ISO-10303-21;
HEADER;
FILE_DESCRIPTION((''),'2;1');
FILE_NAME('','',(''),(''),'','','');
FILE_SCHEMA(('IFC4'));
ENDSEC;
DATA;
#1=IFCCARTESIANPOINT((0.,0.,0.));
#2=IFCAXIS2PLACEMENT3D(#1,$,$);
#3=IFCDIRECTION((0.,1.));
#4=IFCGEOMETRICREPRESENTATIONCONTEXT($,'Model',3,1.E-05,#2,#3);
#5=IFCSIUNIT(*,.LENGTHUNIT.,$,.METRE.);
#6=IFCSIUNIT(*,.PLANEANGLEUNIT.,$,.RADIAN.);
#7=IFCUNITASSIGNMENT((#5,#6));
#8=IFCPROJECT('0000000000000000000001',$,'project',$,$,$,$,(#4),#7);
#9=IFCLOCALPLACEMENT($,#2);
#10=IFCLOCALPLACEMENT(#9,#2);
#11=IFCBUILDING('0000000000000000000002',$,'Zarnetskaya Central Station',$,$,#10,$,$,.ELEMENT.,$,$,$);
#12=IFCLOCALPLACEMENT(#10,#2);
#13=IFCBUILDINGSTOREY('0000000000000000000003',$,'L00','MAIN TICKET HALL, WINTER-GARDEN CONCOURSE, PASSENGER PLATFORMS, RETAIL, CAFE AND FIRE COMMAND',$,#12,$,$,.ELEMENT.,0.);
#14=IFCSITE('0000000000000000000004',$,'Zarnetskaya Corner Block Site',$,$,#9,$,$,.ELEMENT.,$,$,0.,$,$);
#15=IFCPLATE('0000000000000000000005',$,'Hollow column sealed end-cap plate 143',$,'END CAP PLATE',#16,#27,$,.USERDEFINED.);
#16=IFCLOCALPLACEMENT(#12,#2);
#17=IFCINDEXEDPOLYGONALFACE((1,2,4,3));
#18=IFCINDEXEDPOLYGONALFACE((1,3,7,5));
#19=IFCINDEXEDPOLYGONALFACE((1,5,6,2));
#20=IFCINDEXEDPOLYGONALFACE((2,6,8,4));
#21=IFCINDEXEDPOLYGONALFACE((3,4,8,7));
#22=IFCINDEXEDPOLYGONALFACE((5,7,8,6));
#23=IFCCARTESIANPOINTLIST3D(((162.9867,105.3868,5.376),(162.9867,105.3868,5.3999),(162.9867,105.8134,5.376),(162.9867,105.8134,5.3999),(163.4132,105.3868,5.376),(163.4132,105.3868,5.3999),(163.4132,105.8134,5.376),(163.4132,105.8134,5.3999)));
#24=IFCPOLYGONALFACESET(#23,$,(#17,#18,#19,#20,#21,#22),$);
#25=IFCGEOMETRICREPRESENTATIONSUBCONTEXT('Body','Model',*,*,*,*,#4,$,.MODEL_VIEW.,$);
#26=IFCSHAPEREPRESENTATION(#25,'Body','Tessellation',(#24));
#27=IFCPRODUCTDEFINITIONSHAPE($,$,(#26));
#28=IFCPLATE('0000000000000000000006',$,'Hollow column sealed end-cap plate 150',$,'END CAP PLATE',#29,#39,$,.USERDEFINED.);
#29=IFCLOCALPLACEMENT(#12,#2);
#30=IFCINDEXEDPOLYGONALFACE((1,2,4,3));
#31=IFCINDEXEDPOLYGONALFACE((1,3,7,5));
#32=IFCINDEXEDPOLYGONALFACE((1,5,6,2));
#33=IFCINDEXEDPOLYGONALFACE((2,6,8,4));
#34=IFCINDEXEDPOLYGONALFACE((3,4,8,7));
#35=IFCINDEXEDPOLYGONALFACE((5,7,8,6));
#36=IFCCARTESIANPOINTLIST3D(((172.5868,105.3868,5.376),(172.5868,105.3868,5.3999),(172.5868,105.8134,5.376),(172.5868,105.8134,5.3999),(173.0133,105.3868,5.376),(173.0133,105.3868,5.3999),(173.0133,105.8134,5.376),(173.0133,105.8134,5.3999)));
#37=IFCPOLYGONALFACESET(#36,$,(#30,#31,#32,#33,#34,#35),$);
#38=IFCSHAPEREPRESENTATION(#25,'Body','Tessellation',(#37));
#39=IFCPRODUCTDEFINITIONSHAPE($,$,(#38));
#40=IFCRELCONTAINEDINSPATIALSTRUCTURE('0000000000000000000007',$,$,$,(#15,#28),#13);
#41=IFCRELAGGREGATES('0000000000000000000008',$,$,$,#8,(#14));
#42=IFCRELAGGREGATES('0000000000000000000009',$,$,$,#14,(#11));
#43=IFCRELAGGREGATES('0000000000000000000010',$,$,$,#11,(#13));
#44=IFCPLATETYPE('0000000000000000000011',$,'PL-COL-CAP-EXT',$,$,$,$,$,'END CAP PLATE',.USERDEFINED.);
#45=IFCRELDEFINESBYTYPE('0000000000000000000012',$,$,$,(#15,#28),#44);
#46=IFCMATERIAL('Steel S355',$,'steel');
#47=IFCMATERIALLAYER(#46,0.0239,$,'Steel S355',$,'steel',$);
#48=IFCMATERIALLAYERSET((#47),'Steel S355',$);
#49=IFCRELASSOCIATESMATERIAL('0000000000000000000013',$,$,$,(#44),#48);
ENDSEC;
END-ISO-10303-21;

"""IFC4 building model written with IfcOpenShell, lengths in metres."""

from ifc_helpers import new_model, si_unit, direction, frame, origin, origin_2d, place, context, subcontext, project, spatial, rectangle, extrude, material, layer, layer_set, type_object, element, save


model = new_model("IFC4")

# Units and contexts
model_context = context("Model", 3, precision=1e-05, world=origin(), true_north=direction((0.0, 1.0)))
body_context = subcontext(model_context, "Body", "Model", "MODEL_VIEW")
ifc_project = project(units=[si_unit("LENGTHUNIT", "METRE"), si_unit("PLANEANGLEUNIT", "RADIAN")], contexts=[model_context])

# Site, building, storey
site_placement = place(None, origin())
site = spatial("IfcSite", under=ifc_project, at=site_placement, Name="Zarnetskaya Corner Block Site", CompositionType="ELEMENT", RefElevation=0.0)
building_placement = place(site_placement, origin())
building = spatial("IfcBuilding", under=site, at=building_placement, Name="Zarnetskaya Central Station", CompositionType="ELEMENT")
storey_placement = place(building_placement, origin())
storey = spatial("IfcBuildingStorey", under=building, at=storey_placement, Name="L00", Description="MAIN TICKET HALL, WINTER-GARDEN CONCOURSE, PASSENGER PLATFORMS, RETAIL, CAFE AND FIRE COMMAND", CompositionType="ELEMENT", Elevation=0.0)

# Shared definitions
ifc_material = material(Name="Steel S355", Category="steel")

# Plates
ifc_layer = layer(ifc_material, 0.0239, Name="Steel S355", Category="steel")
ifc_layer_set = layer_set([ifc_layer], Name="Steel S355")
plate_type = type_object("IfcPlateType", Name="PL-COL-CAP-EXT", ElementType="END CAP PLATE", PredefinedType="USERDEFINED", material=ifc_layer_set)
for number, where, z_axis, x_axis, name in (
    (1, (163.2, 105.6001, 5.376), (0.0, 0.0, 1.0), (1.0, 0.0, 0.0), "Hollow column sealed end-cap plate 143"),
    (2, (172.8, 105.6001, 5.376), (0.0, 0.0, 1.0), (1.0, 0.0, 0.0), "Hollow column sealed end-cap plate 150"),
):
    element("IfcPlate", number, at=place(storey_placement, frame(where, z_axis=z_axis, x_axis=x_axis)), inside=storey, type_object=plate_type, Name=name, ObjectType="END CAP PLATE", PredefinedType="USERDEFINED", context=body_context, shape_type="SweptSolid", body=[
        extrude(rectangle(XDim=0.4265, YDim=0.4265, at=origin_2d()), origin(), (0.0, 0.0, 1.0), 0.0239),
    ])

save(model, "model.ifc")
